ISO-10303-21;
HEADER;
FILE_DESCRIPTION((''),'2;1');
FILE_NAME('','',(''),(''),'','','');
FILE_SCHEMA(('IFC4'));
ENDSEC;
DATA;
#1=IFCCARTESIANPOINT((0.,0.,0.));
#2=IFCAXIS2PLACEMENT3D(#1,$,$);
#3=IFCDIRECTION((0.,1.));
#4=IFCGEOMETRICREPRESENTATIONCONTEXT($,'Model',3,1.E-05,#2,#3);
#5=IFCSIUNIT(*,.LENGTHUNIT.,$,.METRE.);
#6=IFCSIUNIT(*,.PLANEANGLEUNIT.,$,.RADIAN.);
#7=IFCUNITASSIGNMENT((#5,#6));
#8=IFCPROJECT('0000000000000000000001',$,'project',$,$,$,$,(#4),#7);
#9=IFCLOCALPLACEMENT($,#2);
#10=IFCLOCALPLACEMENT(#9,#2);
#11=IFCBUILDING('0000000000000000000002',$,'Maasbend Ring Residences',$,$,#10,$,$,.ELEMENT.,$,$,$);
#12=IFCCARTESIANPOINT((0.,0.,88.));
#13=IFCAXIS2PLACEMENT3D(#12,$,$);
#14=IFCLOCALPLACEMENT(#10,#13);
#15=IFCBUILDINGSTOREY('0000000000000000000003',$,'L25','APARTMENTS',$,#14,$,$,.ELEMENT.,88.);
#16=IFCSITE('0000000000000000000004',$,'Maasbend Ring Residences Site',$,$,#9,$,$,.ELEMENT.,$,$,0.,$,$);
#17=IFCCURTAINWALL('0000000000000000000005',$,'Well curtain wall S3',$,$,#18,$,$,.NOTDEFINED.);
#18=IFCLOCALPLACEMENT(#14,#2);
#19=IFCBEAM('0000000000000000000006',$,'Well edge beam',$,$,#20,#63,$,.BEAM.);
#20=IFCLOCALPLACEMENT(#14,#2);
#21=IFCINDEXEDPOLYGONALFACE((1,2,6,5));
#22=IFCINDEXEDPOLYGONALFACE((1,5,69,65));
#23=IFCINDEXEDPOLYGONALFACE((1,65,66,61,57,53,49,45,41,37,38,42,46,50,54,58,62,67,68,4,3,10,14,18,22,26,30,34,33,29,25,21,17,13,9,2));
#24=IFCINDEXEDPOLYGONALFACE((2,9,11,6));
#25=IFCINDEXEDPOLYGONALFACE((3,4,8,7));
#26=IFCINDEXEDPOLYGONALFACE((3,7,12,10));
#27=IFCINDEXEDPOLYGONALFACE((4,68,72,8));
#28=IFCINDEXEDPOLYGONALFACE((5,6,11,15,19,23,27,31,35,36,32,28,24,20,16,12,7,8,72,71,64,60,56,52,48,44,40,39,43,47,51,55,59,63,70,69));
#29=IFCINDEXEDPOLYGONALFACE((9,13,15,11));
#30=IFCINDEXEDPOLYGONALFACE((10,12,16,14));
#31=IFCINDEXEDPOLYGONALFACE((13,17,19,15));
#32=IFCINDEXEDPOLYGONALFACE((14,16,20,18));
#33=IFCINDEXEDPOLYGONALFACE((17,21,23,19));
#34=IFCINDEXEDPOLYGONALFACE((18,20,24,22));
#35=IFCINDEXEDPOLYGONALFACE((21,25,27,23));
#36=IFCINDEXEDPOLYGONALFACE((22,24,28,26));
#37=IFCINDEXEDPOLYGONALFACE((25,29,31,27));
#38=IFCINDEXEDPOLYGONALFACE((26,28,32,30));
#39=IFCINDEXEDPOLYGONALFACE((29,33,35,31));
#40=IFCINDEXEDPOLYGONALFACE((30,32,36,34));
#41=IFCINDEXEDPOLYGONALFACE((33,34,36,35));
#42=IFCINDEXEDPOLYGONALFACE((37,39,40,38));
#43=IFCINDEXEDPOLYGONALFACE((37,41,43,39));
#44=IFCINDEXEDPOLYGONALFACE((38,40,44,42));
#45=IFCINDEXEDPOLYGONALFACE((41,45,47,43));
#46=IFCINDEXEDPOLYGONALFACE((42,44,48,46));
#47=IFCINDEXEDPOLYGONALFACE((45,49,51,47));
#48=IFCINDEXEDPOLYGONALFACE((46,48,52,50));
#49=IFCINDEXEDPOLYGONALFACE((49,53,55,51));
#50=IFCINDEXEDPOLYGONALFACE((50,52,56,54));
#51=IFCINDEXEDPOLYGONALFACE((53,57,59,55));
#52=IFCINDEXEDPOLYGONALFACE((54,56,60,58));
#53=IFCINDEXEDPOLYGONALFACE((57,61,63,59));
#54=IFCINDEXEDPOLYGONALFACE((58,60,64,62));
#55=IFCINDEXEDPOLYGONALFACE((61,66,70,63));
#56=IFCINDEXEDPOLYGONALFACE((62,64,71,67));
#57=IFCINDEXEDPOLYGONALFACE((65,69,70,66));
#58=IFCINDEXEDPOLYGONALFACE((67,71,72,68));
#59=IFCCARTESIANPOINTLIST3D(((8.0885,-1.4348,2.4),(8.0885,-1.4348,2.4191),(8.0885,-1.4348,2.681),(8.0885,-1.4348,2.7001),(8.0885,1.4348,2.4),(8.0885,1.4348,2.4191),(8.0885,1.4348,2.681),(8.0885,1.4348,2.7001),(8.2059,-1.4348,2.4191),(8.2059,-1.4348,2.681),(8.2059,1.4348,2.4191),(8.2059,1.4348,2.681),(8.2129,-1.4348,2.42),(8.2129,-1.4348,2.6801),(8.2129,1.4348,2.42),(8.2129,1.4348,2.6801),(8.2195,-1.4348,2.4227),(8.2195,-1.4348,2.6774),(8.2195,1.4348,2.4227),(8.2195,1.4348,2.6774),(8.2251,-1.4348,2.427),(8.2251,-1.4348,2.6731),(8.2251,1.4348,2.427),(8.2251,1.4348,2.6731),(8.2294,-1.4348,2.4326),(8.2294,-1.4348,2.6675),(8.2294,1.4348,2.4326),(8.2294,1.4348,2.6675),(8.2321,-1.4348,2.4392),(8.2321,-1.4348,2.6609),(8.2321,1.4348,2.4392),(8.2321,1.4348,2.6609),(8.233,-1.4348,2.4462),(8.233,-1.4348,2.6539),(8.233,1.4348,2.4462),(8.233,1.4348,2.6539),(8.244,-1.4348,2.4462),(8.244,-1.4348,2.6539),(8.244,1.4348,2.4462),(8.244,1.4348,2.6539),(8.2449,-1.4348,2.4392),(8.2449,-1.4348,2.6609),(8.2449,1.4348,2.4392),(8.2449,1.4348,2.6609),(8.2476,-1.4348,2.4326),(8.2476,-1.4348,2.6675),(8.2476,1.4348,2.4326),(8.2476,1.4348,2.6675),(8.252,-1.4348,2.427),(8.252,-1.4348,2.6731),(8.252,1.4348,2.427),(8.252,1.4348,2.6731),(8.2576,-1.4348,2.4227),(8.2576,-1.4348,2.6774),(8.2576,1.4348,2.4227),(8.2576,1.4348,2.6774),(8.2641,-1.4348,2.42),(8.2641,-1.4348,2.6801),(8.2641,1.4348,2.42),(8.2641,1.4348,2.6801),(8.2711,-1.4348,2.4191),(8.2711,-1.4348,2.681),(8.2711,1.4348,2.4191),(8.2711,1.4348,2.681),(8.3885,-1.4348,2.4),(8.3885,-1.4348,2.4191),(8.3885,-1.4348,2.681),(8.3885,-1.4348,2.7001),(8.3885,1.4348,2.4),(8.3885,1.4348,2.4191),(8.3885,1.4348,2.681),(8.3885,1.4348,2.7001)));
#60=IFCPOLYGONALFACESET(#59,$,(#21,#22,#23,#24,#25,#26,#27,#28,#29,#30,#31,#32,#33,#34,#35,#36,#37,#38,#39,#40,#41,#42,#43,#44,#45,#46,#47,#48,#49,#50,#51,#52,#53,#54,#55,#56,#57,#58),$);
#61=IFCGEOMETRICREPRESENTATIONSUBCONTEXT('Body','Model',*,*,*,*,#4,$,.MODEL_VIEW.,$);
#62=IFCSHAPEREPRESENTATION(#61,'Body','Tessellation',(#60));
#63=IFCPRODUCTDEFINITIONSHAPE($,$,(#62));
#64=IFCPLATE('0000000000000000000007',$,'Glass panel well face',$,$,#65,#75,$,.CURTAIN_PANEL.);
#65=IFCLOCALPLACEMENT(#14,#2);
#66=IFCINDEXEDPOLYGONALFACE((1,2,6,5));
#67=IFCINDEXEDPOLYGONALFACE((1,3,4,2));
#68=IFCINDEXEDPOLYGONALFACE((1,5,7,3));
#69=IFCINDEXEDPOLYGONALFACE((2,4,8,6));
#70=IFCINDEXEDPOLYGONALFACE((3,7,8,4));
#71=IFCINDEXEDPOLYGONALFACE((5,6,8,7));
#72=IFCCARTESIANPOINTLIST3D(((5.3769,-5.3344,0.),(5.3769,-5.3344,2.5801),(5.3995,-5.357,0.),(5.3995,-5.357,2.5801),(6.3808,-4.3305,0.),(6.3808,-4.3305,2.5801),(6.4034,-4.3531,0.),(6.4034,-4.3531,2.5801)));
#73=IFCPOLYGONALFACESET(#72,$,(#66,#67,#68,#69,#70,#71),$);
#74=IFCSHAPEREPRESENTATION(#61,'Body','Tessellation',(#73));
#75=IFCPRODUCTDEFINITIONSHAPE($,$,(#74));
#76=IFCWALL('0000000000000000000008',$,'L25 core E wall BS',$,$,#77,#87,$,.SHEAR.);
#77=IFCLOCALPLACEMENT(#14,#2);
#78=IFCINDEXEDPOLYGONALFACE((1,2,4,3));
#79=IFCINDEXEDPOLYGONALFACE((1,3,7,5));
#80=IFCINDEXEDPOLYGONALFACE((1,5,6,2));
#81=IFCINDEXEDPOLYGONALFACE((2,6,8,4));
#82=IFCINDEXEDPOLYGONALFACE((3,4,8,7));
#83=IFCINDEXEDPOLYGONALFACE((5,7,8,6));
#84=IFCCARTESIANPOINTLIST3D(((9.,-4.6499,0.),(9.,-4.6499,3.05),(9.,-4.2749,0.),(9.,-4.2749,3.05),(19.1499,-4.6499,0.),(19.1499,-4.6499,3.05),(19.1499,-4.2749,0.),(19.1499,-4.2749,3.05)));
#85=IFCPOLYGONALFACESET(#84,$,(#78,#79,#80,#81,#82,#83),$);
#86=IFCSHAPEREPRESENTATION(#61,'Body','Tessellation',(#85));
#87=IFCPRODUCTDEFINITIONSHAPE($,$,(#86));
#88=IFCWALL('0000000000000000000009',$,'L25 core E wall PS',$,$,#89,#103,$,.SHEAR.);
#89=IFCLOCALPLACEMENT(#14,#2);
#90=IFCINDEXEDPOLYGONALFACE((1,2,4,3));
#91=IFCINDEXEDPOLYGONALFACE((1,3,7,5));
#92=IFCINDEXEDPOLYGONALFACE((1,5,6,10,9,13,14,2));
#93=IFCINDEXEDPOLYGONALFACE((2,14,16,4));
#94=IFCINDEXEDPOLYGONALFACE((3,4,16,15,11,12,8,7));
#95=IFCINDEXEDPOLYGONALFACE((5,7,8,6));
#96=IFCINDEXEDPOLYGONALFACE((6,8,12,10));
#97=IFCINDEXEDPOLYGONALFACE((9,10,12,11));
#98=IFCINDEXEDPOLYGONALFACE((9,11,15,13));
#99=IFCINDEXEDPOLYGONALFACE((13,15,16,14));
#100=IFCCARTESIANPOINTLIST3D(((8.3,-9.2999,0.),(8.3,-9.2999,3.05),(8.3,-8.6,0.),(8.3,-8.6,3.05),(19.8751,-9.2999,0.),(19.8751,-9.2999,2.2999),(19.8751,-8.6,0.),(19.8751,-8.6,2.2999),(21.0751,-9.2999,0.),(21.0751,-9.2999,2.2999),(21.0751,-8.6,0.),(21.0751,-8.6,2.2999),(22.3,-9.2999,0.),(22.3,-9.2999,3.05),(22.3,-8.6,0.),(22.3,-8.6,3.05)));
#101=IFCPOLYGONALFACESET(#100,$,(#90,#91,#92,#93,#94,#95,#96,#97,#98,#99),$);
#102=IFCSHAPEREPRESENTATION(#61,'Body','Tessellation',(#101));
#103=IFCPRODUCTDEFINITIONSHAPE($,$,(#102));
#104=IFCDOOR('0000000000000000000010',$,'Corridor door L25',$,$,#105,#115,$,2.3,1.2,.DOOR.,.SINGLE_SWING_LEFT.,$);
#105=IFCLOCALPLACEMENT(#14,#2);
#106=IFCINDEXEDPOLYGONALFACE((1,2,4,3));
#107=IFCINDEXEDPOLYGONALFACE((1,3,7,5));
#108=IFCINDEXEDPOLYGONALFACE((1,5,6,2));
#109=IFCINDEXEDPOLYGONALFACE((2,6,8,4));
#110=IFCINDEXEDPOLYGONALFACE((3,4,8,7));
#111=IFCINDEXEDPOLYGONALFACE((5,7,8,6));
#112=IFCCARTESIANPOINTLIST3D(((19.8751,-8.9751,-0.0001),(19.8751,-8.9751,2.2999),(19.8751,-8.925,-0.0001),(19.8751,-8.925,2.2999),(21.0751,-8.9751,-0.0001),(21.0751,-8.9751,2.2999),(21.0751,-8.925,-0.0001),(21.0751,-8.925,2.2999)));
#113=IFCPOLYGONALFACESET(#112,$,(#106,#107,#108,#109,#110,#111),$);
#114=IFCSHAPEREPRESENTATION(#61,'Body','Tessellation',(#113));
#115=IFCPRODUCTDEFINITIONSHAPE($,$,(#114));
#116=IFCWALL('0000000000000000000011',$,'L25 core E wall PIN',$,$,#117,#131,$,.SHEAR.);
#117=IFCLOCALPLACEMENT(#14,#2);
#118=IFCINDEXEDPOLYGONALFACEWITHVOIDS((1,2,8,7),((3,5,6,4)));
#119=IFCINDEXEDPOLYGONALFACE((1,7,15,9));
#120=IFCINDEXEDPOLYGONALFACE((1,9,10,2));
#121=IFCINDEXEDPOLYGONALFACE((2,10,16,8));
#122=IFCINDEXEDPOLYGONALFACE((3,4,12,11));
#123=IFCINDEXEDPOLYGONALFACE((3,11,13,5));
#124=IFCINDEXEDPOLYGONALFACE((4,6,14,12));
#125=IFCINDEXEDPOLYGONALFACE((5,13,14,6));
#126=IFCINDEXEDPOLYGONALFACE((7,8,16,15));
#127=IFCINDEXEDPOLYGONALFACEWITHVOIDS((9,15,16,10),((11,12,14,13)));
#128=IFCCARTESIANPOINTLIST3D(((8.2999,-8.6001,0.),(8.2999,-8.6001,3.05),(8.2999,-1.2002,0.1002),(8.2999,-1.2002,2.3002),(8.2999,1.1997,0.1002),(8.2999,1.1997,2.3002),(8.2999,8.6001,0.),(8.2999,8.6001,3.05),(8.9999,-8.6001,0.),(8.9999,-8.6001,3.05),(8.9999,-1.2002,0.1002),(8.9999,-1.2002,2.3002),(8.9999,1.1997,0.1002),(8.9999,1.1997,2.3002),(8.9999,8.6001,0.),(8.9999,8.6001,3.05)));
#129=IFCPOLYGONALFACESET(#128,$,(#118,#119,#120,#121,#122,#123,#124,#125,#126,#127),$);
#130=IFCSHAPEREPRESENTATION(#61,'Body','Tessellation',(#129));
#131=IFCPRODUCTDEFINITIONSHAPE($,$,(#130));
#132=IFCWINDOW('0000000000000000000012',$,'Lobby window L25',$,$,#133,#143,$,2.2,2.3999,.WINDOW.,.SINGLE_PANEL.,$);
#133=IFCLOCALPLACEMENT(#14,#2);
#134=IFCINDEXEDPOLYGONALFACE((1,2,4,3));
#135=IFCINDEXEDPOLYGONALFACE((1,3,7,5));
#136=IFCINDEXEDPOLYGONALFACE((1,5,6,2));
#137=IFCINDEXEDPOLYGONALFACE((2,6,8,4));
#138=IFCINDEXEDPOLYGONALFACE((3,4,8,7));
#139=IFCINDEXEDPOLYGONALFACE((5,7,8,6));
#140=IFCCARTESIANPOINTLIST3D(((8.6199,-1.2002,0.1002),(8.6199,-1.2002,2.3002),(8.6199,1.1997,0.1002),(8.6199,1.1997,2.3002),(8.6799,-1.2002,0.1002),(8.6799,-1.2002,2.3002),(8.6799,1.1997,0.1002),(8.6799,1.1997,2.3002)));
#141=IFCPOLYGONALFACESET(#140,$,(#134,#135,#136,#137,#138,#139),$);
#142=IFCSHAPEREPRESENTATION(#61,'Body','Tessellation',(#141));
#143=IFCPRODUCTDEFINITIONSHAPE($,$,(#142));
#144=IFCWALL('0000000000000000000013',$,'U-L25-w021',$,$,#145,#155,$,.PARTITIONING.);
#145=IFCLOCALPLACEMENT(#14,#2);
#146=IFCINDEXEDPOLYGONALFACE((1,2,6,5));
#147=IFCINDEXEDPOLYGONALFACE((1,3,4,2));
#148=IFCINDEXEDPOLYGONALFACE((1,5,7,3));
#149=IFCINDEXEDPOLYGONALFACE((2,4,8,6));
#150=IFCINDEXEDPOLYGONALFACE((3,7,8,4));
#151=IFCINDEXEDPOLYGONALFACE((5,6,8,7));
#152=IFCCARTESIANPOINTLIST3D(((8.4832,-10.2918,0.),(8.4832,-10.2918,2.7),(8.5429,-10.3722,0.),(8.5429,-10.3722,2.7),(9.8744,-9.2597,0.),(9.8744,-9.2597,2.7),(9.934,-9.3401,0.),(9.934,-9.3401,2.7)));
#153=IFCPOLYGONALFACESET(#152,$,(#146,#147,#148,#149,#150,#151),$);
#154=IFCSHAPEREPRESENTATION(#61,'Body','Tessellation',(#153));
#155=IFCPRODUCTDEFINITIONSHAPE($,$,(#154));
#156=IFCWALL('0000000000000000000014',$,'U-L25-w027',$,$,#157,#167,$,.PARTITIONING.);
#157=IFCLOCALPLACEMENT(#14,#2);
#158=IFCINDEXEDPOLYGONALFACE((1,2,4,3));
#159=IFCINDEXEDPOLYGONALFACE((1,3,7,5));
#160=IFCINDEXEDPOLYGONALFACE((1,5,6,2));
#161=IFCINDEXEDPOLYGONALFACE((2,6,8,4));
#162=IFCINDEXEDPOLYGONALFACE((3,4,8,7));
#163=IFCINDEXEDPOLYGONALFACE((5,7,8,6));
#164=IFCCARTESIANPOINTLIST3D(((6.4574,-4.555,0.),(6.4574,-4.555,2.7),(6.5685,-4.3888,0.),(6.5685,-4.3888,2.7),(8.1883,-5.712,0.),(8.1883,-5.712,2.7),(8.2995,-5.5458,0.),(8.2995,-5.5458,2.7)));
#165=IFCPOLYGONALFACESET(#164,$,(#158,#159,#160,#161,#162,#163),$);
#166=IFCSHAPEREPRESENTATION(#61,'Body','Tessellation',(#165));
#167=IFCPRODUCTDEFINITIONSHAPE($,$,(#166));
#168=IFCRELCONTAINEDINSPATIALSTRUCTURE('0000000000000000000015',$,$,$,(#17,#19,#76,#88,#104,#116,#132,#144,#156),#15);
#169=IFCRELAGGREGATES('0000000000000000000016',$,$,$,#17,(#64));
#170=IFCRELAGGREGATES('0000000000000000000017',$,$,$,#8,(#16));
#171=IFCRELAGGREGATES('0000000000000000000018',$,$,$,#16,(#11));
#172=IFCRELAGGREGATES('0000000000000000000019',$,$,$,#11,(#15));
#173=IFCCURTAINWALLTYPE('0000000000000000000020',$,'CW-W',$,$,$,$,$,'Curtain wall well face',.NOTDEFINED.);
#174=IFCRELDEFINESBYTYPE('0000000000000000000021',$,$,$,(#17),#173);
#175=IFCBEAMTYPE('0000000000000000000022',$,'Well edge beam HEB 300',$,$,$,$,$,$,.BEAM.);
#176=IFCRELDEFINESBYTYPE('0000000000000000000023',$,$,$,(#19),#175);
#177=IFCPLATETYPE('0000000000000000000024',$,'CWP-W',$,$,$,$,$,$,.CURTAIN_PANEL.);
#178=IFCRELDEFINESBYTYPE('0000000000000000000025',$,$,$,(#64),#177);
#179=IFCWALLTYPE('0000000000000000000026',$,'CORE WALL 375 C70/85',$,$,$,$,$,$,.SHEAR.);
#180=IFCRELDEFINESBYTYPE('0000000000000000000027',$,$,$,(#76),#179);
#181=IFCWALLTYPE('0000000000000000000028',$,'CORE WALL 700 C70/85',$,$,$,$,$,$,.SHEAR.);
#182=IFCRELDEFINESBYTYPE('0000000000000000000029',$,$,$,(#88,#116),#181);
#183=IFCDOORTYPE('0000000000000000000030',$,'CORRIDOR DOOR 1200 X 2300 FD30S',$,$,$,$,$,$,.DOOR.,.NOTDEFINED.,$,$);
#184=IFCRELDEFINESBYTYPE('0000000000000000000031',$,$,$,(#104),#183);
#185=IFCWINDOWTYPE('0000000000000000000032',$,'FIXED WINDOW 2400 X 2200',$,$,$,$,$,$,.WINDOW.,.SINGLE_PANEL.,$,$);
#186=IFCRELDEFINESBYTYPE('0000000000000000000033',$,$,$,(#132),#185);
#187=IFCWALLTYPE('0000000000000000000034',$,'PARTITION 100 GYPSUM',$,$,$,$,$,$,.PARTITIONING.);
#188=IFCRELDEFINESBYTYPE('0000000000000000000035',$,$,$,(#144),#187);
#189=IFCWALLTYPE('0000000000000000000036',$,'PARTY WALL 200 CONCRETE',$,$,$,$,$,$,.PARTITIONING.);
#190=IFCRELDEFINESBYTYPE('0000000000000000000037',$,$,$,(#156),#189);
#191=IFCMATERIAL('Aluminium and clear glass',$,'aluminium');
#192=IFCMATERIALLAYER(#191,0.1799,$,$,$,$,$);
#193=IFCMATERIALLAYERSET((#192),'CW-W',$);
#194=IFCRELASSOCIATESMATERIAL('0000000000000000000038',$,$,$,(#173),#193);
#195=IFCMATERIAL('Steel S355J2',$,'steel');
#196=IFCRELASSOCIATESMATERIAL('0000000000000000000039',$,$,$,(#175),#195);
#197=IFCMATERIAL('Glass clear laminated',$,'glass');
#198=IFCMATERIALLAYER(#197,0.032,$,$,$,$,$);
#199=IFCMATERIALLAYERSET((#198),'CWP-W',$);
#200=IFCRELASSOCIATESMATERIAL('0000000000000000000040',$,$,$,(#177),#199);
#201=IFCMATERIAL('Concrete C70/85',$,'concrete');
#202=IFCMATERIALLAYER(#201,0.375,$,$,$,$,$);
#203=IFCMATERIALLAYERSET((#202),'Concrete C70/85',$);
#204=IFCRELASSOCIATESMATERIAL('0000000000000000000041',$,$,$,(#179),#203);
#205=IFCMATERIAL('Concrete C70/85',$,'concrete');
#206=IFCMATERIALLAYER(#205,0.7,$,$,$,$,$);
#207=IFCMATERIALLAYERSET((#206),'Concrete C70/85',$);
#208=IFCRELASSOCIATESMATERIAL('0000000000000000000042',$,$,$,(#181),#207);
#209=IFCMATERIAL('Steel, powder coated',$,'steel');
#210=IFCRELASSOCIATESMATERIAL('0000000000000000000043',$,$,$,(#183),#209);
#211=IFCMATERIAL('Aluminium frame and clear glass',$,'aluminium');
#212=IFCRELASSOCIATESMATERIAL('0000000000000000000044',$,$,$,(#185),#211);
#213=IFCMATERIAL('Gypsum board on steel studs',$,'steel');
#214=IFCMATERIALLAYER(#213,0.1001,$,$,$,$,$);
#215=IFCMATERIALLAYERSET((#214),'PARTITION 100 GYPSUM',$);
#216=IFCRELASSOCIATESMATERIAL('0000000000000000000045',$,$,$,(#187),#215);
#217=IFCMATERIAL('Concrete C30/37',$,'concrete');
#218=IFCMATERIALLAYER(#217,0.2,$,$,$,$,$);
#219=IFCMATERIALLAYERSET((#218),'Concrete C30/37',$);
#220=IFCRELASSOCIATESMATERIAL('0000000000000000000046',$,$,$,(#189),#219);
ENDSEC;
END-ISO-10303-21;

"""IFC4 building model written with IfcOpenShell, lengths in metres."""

from ifc_helpers import new_model, si_unit, direction, frame, frame_2d, origin, origin_2d, place, context, subcontext, project, spatial, rectangle, i_section, extrude, material, layer, layer_set, material_profile, profile_set, type_object, element, fill, aggregate, save


model = new_model("IFC4")

# Units and contexts
model_context = context("Model", 3, precision=1e-05, world=origin(), true_north=direction((0.0, 1.0)))
body_context = subcontext(model_context, "Body", "Model", "MODEL_VIEW")
ifc_project = project(units=[si_unit("LENGTHUNIT", "METRE"), si_unit("PLANEANGLEUNIT", "RADIAN")], contexts=[model_context])

# Site, building, storey
site_placement = place(None, origin())
site = spatial("IfcSite", under=ifc_project, at=site_placement, Name="Maasbend Ring Residences Site", CompositionType="ELEMENT", RefElevation=0.0)
building_placement = place(site_placement, origin())
building = spatial("IfcBuilding", under=site, at=building_placement, Name="Maasbend Ring Residences", CompositionType="ELEMENT")
storey_placement = place(building_placement, frame((0.0, 0.0, 88.0)))
storey = spatial("IfcBuildingStorey", under=building, at=storey_placement, Name="L25", Description="APARTMENTS", CompositionType="ELEMENT", Elevation=88.0)

# Curtain wall
ifc_material_1 = material(Name="Aluminium and clear glass", Category="aluminium")
ifc_layer_1 = layer(ifc_material_1, 0.1799)
ifc_layer_set_1 = layer_set([ifc_layer_1], Name="CW-W")
curtain_wall_type = type_object("IfcCurtainWallType", Name="CW-W", ElementType="Curtain wall well face", PredefinedType="NOTDEFINED", material=ifc_layer_set_1)
curtain_wall_placement = place(storey_placement, origin())
curtain_wall = element("IfcCurtainWall", 1, at=curtain_wall_placement, inside=storey, type_object=curtain_wall_type, Name="Well curtain wall S3", PredefinedType="NOTDEFINED")

# Beam
ifc_material_2 = material(Name="Steel S355J2", Category="steel")
ifc_material_profile_1 = material_profile(ifc_material_2, i_section(OverallWidth=0.3, OverallDepth=0.3, WebThickness=0.011, FlangeThickness=0.019, FilletRadius=0.0271, at=origin_2d()), Name="HEB 300")
ifc_profile_set_1 = profile_set([ifc_material_profile_1], Name="Steel S355J2")
beam_type = type_object("IfcBeamType", Name="Well edge beam HEB 300", PredefinedType="BEAM", material=ifc_profile_set_1)
beam_1_placement = place(storey_placement, frame((8.2385, -1.4348, 2.55), z_axis=(0.0, 1.0, 0.0), x_axis=(-1.0, 0.0, 0.0)))
element("IfcBeam", 2, at=beam_1_placement, inside=storey, type_object=beam_type, Name="Well edge beam", PredefinedType="BEAM", context=body_context, shape_type="SweptSolid", body=[
    extrude(i_section(OverallWidth=0.3, OverallDepth=0.3, WebThickness=0.011, FlangeThickness=0.019, FilletRadius=0.0271, at=origin_2d()), origin(), (0.0, 0.0, 1.0), 2.8696),
])

# Plate
ifc_material_3 = material(Name="Glass clear laminated", Category="glass")
ifc_layer_2 = layer(ifc_material_3, 0.032)
ifc_layer_set_2 = layer_set([ifc_layer_2], Name="CWP-W")
plate_type = type_object("IfcPlateType", Name="CWP-W", PredefinedType="CURTAIN_PANEL", material=ifc_layer_set_2)
plate_placement = place(storey_placement, frame((5.8901, -4.8438, 0.0), z_axis=(0.0, 0.0, 1.0), x_axis=(0.707107, 0.707107, 0.0)))
plate = element("IfcPlate", 3, at=plate_placement, type_object=plate_type, Name="Glass panel well face", PredefinedType="CURTAIN_PANEL", context=body_context, shape_type="SweptSolid", body=[
    extrude(rectangle(XDim=1.4197, YDim=0.032, at=origin_2d()), origin(), (0.0, 0.0, 1.0), 2.5801),
])
aggregate(curtain_wall, [plate])

# Wall
ifc_material_4 = material(Name="Concrete C70/85", Category="concrete")
ifc_layer_3 = layer(ifc_material_4, 0.375)
ifc_layer_set_3 = layer_set([ifc_layer_3], Name="Concrete C70/85")
wall_type_1 = type_object("IfcWallType", Name="CORE WALL 375 C70/85", PredefinedType="SHEAR", material=ifc_layer_set_3)
wall_1_placement = place(storey_placement, frame((9.0, -4.4624, 0.0), z_axis=(0.0, 0.0, 1.0), x_axis=(1.0, 0.0, 0.0)))
element("IfcWall", 4, at=wall_1_placement, inside=storey, type_object=wall_type_1, Name="L25 core E wall BS", PredefinedType="SHEAR", context=body_context, shape_type="SweptSolid", body=[
    extrude(rectangle(XDim=10.1499, YDim=0.375, at=frame_2d((5.075, 0.0))), origin(), (0.0, 0.0, 1.0), 3.05),
])

# Wall, opening, door
ifc_material_5 = material(Name="Concrete C70/85", Category="concrete")
ifc_layer_4 = layer(ifc_material_5, 0.7)
ifc_layer_set_4 = layer_set([ifc_layer_4], Name="Concrete C70/85")
wall_type_2 = type_object("IfcWallType", Name="CORE WALL 700 C70/85", PredefinedType="SHEAR", material=ifc_layer_set_4)
wall_2_placement = place(storey_placement, frame((8.3, -8.95, 0.0), z_axis=(0.0, 0.0, 1.0), x_axis=(1.0, 0.0, 0.0)))
wall_2 = element("IfcWall", 5, at=wall_2_placement, inside=storey, type_object=wall_type_2, Name="L25 core E wall PS", PredefinedType="SHEAR", context=body_context, shape_type="SweptSolid", body=[
    extrude(rectangle(XDim=14.0, YDim=0.7, at=frame_2d((7.0, 0.0))), origin(), (0.0, 0.0, 1.0), 3.05),
])
opening_1_placement = place(wall_2_placement, frame((11.575, 0.0, 0.0)))
opening_1 = element("IfcOpeningElement", 6, at=opening_1_placement, cuts=wall_2, PredefinedType="OPENING", context=body_context, shape_type="SweptSolid", body=[
    extrude(rectangle(XDim=1.2, YDim=2.3, at=frame_2d((0.6001, 1.1499))), frame((0.0, 0.3599, 0.0), z_axis=(0.0, -1.0, 0.0), x_axis=(1.0, 0.0, 0.0)), (0.0, 0.0, 1.0), 0.72),
])
ifc_material_6 = material(Name="Steel, powder coated", Category="steel")
door_type = type_object("IfcDoorType", Name="CORRIDOR DOOR 1200 X 2300 FD30S", OperationType="NOTDEFINED", PredefinedType="DOOR", material=ifc_material_6)
door_placement = place(opening_1_placement, origin())
door = element("IfcDoor", 7, at=door_placement, inside=storey, type_object=door_type, Name="Corridor door L25", OperationType="SINGLE_SWING_LEFT", OverallHeight=2.3, OverallWidth=1.2, PredefinedType="DOOR", context=body_context, shape_type="SweptSolid", body=[
    extrude(rectangle(XDim=1.2, YDim=2.3, at=frame_2d((0.6001, 1.1499))), frame((0.0, 0.0249, 0.0), z_axis=(0.0, -1.0, 0.0), x_axis=(1.0, 0.0, 0.0)), (0.0, 0.0, 1.0), 0.05),
])
fill(opening_1, door)

# Wall, opening, window
wall_3_placement = place(storey_placement, frame((8.6499, -8.6001, 0.0), z_axis=(0.0, 0.0, 1.0), x_axis=(0.0, 1.0, 0.0)))
wall_3 = element("IfcWall", 8, at=wall_3_placement, inside=storey, type_object=wall_type_2, Name="L25 core E wall PIN", PredefinedType="SHEAR", context=body_context, shape_type="SweptSolid", body=[
    extrude(rectangle(XDim=17.2002, YDim=0.7, at=frame_2d((8.6001, 0.0))), origin(), (0.0, 0.0, 1.0), 3.05),
])
opening_2_placement = place(wall_3_placement, frame((7.3999, 0.0, 0.1001)))
opening_2 = element("IfcOpeningElement", 9, at=opening_2_placement, cuts=wall_3, PredefinedType="OPENING", context=body_context, shape_type="SweptSolid", body=[
    extrude(rectangle(XDim=2.3999, YDim=2.2, at=frame_2d((1.2, 1.1001))), frame((0.0, 0.3599, 0.0), z_axis=(0.0, -1.0, 0.0), x_axis=(1.0, 0.0, 0.0)), (0.0, 0.0, 1.0), 0.72),
])
ifc_material_7 = material(Name="Aluminium frame and clear glass", Category="aluminium")
window_type = type_object("IfcWindowType", Name="FIXED WINDOW 2400 X 2200", PartitioningType="SINGLE_PANEL", PredefinedType="WINDOW", material=ifc_material_7)
window_placement = place(opening_2_placement, origin())
window = element("IfcWindow", 10, at=window_placement, inside=storey, type_object=window_type, Name="Lobby window L25", OverallHeight=2.2, OverallWidth=2.3999, PartitioningType="SINGLE_PANEL", PredefinedType="WINDOW", context=body_context, shape_type="SweptSolid", body=[
    extrude(rectangle(XDim=2.3999, YDim=2.2, at=frame_2d((1.2, 1.1001))), frame((0.0, 0.03, 0.0), z_axis=(0.0, -1.0, 0.0), x_axis=(1.0, 0.0, 0.0)), (0.0, 0.0, 1.0), 0.0601),
])
fill(opening_2, window)

# Walls
ifc_material_8 = material(Name="Gypsum board on steel studs", Category="steel")
ifc_layer_5 = layer(ifc_material_8, 0.1001)
ifc_layer_set_5 = layer_set([ifc_layer_5], Name="PARTITION 100 GYPSUM")
wall_type_3 = type_object("IfcWallType", Name="PARTITION 100 GYPSUM", PredefinedType="PARTITIONING", material=ifc_layer_set_5)
wall_4_placement = place(storey_placement, frame((8.5129, -10.332, 0.0), z_axis=(0.0, 0.0, 1.0), x_axis=(0.803135, 0.595797, 0.0)))
element("IfcWall", 11, at=wall_4_placement, inside=storey, type_object=wall_type_3, Name="U-L25-w021", PredefinedType="PARTITIONING", context=body_context, shape_type="SweptSolid", body=[
    extrude(rectangle(XDim=1.7322, YDim=0.1001, at=frame_2d((0.8662, 0.0))), origin(), (0.0, 0.0, 1.0), 2.7),
])
ifc_material_9 = material(Name="Concrete C30/37", Category="concrete")
ifc_layer_6 = layer(ifc_material_9, 0.2)
ifc_layer_set_6 = layer_set([ifc_layer_6], Name="Concrete C30/37")
wall_type_4 = type_object("IfcWallType", Name="PARTY WALL 200 CONCRETE", PredefinedType="PARTITIONING", material=ifc_layer_set_6)
wall_5_placement = place(storey_placement, frame((6.5129, -4.4719, 0.0), z_axis=(0.0, 0.0, 1.0), x_axis=(0.831382, -0.555701, 0.0)))
element("IfcWall", 12, at=wall_5_placement, inside=storey, type_object=wall_type_4, Name="U-L25-w027", PredefinedType="PARTITIONING", context=body_context, shape_type="SweptSolid", body=[
    extrude(rectangle(XDim=2.082, YDim=0.2, at=frame_2d((1.041, 0.0))), origin(), (0.0, 0.0, 1.0), 2.7),
])

save(model, "model.ifc")
